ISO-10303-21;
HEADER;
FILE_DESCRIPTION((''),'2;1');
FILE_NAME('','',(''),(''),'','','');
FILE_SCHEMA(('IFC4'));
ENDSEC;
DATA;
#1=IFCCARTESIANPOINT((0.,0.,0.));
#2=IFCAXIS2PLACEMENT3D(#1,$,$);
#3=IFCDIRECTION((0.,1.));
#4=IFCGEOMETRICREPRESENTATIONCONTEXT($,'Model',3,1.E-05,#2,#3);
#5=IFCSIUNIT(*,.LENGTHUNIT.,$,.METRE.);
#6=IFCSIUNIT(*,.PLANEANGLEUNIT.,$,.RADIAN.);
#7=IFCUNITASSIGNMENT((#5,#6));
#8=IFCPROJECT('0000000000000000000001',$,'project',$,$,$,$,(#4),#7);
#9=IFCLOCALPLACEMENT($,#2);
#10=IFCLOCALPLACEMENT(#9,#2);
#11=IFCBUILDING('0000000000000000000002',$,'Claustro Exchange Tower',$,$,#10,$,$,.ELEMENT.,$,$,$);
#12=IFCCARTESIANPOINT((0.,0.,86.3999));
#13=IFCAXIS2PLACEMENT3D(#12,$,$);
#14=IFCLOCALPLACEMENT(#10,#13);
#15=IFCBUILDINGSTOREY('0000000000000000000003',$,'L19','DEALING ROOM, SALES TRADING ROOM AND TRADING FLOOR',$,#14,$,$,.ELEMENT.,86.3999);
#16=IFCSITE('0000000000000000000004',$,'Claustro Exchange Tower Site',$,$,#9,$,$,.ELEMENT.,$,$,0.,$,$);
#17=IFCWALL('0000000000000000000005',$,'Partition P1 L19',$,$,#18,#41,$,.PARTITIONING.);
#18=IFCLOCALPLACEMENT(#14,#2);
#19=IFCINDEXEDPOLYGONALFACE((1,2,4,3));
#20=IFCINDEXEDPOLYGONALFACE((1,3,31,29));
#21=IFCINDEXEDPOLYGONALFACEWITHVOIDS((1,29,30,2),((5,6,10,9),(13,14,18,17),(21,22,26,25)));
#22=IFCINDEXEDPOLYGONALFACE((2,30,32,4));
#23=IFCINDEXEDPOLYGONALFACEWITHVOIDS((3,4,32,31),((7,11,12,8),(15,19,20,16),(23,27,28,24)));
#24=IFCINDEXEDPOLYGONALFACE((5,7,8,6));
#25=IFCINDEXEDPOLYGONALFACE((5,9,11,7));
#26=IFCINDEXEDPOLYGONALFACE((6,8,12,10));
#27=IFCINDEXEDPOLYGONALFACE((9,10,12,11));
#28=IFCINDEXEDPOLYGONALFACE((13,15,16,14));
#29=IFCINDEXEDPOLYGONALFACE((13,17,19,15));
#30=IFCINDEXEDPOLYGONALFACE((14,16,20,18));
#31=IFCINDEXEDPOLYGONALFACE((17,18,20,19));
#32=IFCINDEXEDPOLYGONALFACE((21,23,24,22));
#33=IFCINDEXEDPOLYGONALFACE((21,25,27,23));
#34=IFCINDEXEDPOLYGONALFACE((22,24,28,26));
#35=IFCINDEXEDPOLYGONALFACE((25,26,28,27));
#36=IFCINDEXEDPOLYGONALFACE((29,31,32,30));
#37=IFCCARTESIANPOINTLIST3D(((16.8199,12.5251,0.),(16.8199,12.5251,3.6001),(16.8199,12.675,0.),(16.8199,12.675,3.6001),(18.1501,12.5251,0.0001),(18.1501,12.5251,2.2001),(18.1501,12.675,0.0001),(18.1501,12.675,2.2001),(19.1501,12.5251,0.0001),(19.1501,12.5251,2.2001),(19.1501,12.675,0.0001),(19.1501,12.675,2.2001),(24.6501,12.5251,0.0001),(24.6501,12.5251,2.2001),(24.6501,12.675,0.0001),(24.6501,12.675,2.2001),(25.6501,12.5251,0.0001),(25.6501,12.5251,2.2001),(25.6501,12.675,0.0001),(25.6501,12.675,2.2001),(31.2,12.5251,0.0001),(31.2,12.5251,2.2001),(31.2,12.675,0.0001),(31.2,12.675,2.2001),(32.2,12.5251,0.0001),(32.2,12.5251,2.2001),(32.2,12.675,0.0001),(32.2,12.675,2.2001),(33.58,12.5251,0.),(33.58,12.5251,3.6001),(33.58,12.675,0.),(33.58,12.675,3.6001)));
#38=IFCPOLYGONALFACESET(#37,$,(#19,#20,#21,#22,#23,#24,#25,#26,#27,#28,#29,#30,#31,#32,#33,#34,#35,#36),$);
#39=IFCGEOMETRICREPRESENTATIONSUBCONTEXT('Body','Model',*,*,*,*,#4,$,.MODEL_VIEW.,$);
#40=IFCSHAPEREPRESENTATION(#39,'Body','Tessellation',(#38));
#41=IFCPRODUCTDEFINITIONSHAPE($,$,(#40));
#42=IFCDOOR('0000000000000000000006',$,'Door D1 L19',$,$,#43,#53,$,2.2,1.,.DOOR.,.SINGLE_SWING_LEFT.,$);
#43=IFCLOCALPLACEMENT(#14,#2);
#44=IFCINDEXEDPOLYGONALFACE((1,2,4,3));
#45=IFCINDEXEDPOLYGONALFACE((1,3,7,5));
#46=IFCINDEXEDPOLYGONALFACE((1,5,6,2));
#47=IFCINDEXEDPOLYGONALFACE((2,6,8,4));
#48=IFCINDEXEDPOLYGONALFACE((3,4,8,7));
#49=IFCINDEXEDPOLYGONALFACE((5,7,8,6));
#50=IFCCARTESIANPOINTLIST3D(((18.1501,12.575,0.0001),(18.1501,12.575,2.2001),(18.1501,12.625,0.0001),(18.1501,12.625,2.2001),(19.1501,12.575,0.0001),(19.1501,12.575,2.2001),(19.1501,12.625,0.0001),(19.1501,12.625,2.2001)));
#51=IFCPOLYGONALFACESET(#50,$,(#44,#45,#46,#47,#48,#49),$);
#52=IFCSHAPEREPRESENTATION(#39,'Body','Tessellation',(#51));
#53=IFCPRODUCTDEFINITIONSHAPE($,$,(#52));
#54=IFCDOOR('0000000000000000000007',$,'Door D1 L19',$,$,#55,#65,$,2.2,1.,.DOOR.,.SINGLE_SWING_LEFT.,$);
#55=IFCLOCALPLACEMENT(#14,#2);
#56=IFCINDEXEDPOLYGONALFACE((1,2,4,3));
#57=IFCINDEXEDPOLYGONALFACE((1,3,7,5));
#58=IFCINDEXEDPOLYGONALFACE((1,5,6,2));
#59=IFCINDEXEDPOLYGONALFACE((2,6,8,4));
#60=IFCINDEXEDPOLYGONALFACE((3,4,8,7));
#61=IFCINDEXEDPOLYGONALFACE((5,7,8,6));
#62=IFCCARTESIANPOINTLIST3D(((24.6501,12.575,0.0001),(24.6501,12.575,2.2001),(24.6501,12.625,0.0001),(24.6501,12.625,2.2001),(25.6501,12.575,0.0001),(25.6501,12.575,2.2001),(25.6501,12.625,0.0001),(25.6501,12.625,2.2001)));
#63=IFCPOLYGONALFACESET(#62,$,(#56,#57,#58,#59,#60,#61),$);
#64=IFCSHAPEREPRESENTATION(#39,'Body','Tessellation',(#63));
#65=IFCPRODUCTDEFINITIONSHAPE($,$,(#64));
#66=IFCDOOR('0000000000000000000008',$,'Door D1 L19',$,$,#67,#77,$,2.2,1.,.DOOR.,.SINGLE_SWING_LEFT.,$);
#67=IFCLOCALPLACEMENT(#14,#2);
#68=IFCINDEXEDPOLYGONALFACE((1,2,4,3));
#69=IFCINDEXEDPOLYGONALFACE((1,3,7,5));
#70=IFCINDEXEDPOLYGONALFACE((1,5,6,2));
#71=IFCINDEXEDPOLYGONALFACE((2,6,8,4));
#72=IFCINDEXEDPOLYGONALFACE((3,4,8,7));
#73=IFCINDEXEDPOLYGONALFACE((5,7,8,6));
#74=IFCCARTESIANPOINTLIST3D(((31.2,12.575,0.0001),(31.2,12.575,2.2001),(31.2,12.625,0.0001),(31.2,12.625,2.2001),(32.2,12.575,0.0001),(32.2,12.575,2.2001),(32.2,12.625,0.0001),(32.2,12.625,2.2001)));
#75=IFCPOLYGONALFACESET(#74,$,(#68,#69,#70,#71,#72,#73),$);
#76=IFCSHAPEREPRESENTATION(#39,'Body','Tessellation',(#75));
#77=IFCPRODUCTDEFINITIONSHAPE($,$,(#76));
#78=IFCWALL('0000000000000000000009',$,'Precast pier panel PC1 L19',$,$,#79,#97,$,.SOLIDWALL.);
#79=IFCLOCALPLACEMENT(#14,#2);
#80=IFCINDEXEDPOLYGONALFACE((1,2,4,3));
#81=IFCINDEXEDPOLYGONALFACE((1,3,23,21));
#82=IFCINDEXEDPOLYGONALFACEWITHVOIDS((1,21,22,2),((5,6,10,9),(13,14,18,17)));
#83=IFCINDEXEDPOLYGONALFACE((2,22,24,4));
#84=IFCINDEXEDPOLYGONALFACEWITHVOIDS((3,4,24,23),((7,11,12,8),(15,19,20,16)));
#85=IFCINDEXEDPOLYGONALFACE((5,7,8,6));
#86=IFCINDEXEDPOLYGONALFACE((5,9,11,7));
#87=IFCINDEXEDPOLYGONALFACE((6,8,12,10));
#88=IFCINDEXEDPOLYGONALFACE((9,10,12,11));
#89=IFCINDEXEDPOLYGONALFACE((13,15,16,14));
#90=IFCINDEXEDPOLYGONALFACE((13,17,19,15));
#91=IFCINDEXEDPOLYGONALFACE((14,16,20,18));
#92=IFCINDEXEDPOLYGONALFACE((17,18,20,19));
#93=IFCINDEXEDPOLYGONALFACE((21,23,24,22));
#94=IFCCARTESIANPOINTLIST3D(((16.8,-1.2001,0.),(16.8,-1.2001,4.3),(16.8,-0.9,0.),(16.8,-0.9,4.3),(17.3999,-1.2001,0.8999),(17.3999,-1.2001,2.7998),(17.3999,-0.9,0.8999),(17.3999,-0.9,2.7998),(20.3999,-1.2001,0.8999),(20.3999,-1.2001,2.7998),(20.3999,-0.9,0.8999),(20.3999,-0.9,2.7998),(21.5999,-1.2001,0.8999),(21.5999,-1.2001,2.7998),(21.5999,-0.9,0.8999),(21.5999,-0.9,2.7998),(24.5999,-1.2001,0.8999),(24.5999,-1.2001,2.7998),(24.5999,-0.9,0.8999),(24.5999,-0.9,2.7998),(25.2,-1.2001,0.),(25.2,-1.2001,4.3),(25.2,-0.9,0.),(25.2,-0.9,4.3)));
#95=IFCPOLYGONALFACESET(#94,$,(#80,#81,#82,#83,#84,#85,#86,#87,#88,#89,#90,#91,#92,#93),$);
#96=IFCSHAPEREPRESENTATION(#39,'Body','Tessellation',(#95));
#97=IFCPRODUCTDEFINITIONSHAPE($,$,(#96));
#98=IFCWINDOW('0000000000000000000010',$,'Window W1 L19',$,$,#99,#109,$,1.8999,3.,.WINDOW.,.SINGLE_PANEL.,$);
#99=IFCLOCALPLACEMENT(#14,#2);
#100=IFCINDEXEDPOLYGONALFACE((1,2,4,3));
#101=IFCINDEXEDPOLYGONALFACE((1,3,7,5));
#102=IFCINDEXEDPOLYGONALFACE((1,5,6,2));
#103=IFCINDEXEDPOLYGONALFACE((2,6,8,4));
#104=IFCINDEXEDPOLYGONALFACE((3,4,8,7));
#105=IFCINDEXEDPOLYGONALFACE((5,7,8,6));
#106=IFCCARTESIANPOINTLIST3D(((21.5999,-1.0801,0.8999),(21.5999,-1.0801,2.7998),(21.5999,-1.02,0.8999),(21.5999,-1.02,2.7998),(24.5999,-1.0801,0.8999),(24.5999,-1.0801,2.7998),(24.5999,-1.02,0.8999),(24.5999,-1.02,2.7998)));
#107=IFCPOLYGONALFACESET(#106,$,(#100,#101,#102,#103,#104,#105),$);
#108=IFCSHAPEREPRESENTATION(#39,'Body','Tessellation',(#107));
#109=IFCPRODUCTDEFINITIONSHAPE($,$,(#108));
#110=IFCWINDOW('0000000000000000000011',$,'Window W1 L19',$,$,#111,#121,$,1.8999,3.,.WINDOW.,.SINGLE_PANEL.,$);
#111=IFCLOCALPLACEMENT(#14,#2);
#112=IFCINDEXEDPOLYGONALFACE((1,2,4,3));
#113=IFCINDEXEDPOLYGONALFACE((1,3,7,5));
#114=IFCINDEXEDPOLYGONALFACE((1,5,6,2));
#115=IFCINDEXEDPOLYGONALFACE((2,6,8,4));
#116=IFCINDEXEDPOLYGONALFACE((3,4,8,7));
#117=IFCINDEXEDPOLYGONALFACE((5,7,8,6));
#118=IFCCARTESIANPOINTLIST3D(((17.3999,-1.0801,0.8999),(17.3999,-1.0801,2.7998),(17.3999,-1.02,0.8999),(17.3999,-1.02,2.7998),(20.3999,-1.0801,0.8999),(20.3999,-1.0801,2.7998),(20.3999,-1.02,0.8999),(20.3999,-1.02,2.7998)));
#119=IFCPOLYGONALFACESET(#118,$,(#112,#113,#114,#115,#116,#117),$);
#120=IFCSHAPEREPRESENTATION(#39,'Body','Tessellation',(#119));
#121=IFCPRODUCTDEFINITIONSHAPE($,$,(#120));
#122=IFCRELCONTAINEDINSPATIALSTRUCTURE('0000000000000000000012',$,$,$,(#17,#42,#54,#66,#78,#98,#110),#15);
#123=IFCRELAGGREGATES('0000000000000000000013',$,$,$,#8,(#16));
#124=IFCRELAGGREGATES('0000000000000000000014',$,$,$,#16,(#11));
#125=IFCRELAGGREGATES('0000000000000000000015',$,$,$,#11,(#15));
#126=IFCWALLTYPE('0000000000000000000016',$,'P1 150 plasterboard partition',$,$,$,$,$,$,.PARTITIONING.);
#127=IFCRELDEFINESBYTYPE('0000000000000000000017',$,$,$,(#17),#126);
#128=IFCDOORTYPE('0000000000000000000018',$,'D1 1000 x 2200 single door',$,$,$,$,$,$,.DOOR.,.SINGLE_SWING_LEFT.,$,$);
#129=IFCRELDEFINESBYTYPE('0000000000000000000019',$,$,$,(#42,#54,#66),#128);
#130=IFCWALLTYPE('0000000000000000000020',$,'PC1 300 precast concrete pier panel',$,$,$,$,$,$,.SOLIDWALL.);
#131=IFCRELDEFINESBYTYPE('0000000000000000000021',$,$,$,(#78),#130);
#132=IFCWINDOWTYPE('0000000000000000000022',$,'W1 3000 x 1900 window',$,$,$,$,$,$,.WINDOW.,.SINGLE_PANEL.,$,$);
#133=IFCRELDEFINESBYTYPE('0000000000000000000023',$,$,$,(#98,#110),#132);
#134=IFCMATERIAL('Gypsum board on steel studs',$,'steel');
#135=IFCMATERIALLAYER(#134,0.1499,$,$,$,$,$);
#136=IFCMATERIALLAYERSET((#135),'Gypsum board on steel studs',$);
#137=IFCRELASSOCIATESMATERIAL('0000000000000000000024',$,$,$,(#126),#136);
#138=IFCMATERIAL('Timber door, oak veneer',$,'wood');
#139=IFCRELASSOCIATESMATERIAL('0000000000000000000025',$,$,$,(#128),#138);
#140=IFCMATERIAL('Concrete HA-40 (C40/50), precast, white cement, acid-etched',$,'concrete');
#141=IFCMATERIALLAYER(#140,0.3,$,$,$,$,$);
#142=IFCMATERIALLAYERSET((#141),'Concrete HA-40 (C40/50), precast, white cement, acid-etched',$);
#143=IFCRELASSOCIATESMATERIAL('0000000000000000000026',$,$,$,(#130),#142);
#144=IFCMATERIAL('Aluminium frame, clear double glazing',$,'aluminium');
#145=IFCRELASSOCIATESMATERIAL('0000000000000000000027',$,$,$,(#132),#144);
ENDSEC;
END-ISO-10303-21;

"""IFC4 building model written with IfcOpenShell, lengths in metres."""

from ifc_helpers import new_model, si_unit, direction, frame, frame_2d, origin, place, context, subcontext, project, spatial, rectangle, extrude, material, layer, layer_set, type_object, element, fill, save


model = new_model("IFC4")

# Units and contexts
model_context = context("Model", 3, precision=1e-05, world=origin(), true_north=direction((0.0, 1.0)))
body_context = subcontext(model_context, "Body", "Model", "MODEL_VIEW")
ifc_project = project(units=[si_unit("LENGTHUNIT", "METRE"), si_unit("PLANEANGLEUNIT", "RADIAN")], contexts=[model_context])

# Site, building, storey
site_placement = place(None, origin())
site = spatial("IfcSite", under=ifc_project, at=site_placement, Name="Claustro Exchange Tower Site", CompositionType="ELEMENT", RefElevation=0.0)
building_placement = place(site_placement, origin())
building = spatial("IfcBuilding", under=site, at=building_placement, Name="Claustro Exchange Tower", CompositionType="ELEMENT")
storey_placement = place(building_placement, frame((0.0, 0.0, 86.3999)))
storey = spatial("IfcBuildingStorey", under=building, at=storey_placement, Name="L19", Description="DEALING ROOM, SALES TRADING ROOM AND TRADING FLOOR", CompositionType="ELEMENT", Elevation=86.3999)

# Shared definitions
ifc_material_1 = material(Name="Gypsum board on steel studs", Category="steel")
ifc_layer_1 = layer(ifc_material_1, 0.1499)
ifc_layer_set_1 = layer_set([ifc_layer_1], Name="Gypsum board on steel studs")
wall_type_1 = type_object("IfcWallType", Name="P1 150 plasterboard partition", PredefinedType="PARTITIONING", material=ifc_layer_set_1)
ifc_material_2 = material(Name="Timber door, oak veneer", Category="wood")
door_type = type_object("IfcDoorType", Name="D1 1000 x 2200 single door", OperationType="SINGLE_SWING_LEFT", PredefinedType="DOOR", material=ifc_material_2)

# Wall, openings, doors
wall_1_placement = place(storey_placement, frame((16.8201, 12.6001, 0.0), z_axis=(0.0, 0.0, 1.0), x_axis=(1.0, 0.0, 0.0)))
wall_1 = element("IfcWall", 1, at=wall_1_placement, inside=storey, type_object=wall_type_1, Name="Partition P1 L19", PredefinedType="PARTITIONING", context=body_context, shape_type="SweptSolid", body=[
    extrude(rectangle(XDim=16.76, YDim=0.1499, at=frame_2d((8.3799, 0.0))), origin(), (0.0, 0.0, 1.0), 3.6001),
])
opening_1_placement = place(wall_1_placement, frame((1.3301, 0.0, 0.0)))
opening_1 = element("IfcOpeningElement", 2, at=opening_1_placement, cuts=wall_1, PredefinedType="OPENING", context=body_context, shape_type="SweptSolid", body=[
    extrude(rectangle(XDim=1.0, YDim=2.2, at=frame_2d((0.5, 1.1001))), frame((0.0, 0.085, 0.0), z_axis=(0.0, -1.0, 0.0), x_axis=(1.0, 0.0, 0.0)), (0.0, 0.0, 1.0), 0.1699),
])
opening_2_placement = place(wall_1_placement, frame((7.8301, 0.0, 0.0)))
opening_2 = element("IfcOpeningElement", 3, at=opening_2_placement, cuts=wall_1, PredefinedType="OPENING", context=body_context, shape_type="SweptSolid", body=[
    extrude(rectangle(XDim=1.0, YDim=2.2, at=frame_2d((0.5, 1.1001))), frame((0.0, 0.085, 0.0), z_axis=(0.0, -1.0, 0.0), x_axis=(1.0, 0.0, 0.0)), (0.0, 0.0, 1.0), 0.1699),
])
opening_3_placement = place(wall_1_placement, frame((14.3799, 0.0, 0.0)))
opening_3 = element("IfcOpeningElement", 4, at=opening_3_placement, cuts=wall_1, PredefinedType="OPENING", context=body_context, shape_type="SweptSolid", body=[
    extrude(rectangle(XDim=1.0, YDim=2.2, at=frame_2d((0.5, 1.1001))), frame((0.0, 0.085, 0.0), z_axis=(0.0, -1.0, 0.0), x_axis=(1.0, 0.0, 0.0)), (0.0, 0.0, 1.0), 0.1699),
])
door_1_placement = place(opening_1_placement, origin())
door_1 = element("IfcDoor", 5, at=door_1_placement, inside=storey, type_object=door_type, Name="Door D1 L19", OperationType="SINGLE_SWING_LEFT", OverallHeight=2.2, OverallWidth=1.0, PredefinedType="DOOR", context=body_context, shape_type="SweptSolid", body=[
    extrude(rectangle(XDim=1.0, YDim=2.2, at=frame_2d((0.5, 1.1001))), frame((0.0, 0.0249, 0.0), z_axis=(0.0, -1.0, 0.0), x_axis=(1.0, 0.0, 0.0)), (0.0, 0.0, 1.0), 0.05),
])
fill(opening_1, door_1)
door_2_placement = place(opening_2_placement, origin())
door_2 = element("IfcDoor", 6, at=door_2_placement, inside=storey, type_object=door_type, Name="Door D1 L19", OperationType="SINGLE_SWING_LEFT", OverallHeight=2.2, OverallWidth=1.0, PredefinedType="DOOR", context=body_context, shape_type="SweptSolid", body=[
    extrude(rectangle(XDim=1.0, YDim=2.2, at=frame_2d((0.5, 1.1001))), frame((0.0, 0.0249, 0.0), z_axis=(0.0, -1.0, 0.0), x_axis=(1.0, 0.0, 0.0)), (0.0, 0.0, 1.0), 0.05),
])
fill(opening_2, door_2)
door_3_placement = place(opening_3_placement, origin())
door_3 = element("IfcDoor", 7, at=door_3_placement, inside=storey, type_object=door_type, Name="Door D1 L19", OperationType="SINGLE_SWING_LEFT", OverallHeight=2.2, OverallWidth=1.0, PredefinedType="DOOR", context=body_context, shape_type="SweptSolid", body=[
    extrude(rectangle(XDim=1.0, YDim=2.2, at=frame_2d((0.5, 1.1001))), frame((0.0, 0.0249, 0.0), z_axis=(0.0, -1.0, 0.0), x_axis=(1.0, 0.0, 0.0)), (0.0, 0.0, 1.0), 0.05),
])
fill(opening_3, door_3)

# Wall, openings, windows
ifc_material_3 = material(Name="Concrete HA-40 (C40/50), precast, white cement, acid-etched", Category="concrete")
ifc_layer_2 = layer(ifc_material_3, 0.3)
ifc_layer_set_2 = layer_set([ifc_layer_2], Name="Concrete HA-40 (C40/50), precast, white cement, acid-etched")
wall_type_2 = type_object("IfcWallType", Name="PC1 300 precast concrete pier panel", PredefinedType="SOLIDWALL", material=ifc_layer_set_2)
wall_2_placement = place(storey_placement, frame((25.2, -1.05, 0.0), z_axis=(0.0, 0.0, 1.0), x_axis=(-1.0, 0.0, 0.0)))
wall_2 = element("IfcWall", 8, at=wall_2_placement, inside=storey, type_object=wall_type_2, Name="Precast pier panel PC1 L19", PredefinedType="SOLIDWALL", context=body_context, shape_type="SweptSolid", body=[
    extrude(rectangle(XDim=8.3999, YDim=0.3, at=frame_2d((4.2, 0.0))), origin(), (0.0, 0.0, 1.0), 4.3),
])
opening_4_placement = place(wall_2_placement, frame((0.6001, 0.0, 0.8999)))
opening_4 = element("IfcOpeningElement", 9, at=opening_4_placement, cuts=wall_2, PredefinedType="OPENING", context=body_context, shape_type="SweptSolid", body=[
    extrude(rectangle(XDim=3.0, YDim=1.8999, at=frame_2d((1.5, 0.95))), frame((0.0, 0.1599, 0.0), z_axis=(0.0, -1.0, 0.0), x_axis=(1.0, 0.0, 0.0)), (0.0, 0.0, 1.0), 0.3201),
])
opening_5_placement = place(wall_2_placement, frame((4.8, 0.0, 0.8999)))
opening_5 = element("IfcOpeningElement", 10, at=opening_5_placement, cuts=wall_2, PredefinedType="OPENING", context=body_context, shape_type="SweptSolid", body=[
    extrude(rectangle(XDim=3.0, YDim=1.8999, at=frame_2d((1.5, 0.95))), frame((0.0, 0.1599, 0.0), z_axis=(0.0, -1.0, 0.0), x_axis=(1.0, 0.0, 0.0)), (0.0, 0.0, 1.0), 0.3201),
])
ifc_material_4 = material(Name="Aluminium frame, clear double glazing", Category="aluminium")
window_type_1 = type_object("IfcWindowType", Name="W1 3000 x 1900 window", PartitioningType="SINGLE_PANEL", PredefinedType="WINDOW", material=ifc_material_4)
window_1_placement = place(opening_4_placement, origin())
window_1 = element("IfcWindow", 11, at=window_1_placement, inside=storey, type_object=window_type_1, Name="Window W1 L19", OverallHeight=1.8999, OverallWidth=3.0, PartitioningType="SINGLE_PANEL", PredefinedType="WINDOW", context=body_context, shape_type="SweptSolid", body=[
    extrude(rectangle(XDim=3.0, YDim=1.8999, at=frame_2d((1.5, 0.95))), frame((0.0, 0.03, 0.0), z_axis=(0.0, -1.0, 0.0), x_axis=(1.0, 0.0, 0.0)), (0.0, 0.0, 1.0), 0.0601),
])
fill(opening_4, window_1)
window_2_placement = place(opening_5_placement, origin())
window_2 = element("IfcWindow", 12, at=window_2_placement, inside=storey, type_object=window_type_1, Name="Window W1 L19", OverallHeight=1.8999, OverallWidth=3.0, PartitioningType="SINGLE_PANEL", PredefinedType="WINDOW", context=body_context, shape_type="SweptSolid", body=[
    extrude(rectangle(XDim=3.0, YDim=1.8999, at=frame_2d((1.5, 0.95))), frame((0.0, 0.03, 0.0), z_axis=(0.0, -1.0, 0.0), x_axis=(1.0, 0.0, 0.0)), (0.0, 0.0, 1.0), 0.0601),
])
fill(opening_5, window_2)

save(model, "model.ifc")
